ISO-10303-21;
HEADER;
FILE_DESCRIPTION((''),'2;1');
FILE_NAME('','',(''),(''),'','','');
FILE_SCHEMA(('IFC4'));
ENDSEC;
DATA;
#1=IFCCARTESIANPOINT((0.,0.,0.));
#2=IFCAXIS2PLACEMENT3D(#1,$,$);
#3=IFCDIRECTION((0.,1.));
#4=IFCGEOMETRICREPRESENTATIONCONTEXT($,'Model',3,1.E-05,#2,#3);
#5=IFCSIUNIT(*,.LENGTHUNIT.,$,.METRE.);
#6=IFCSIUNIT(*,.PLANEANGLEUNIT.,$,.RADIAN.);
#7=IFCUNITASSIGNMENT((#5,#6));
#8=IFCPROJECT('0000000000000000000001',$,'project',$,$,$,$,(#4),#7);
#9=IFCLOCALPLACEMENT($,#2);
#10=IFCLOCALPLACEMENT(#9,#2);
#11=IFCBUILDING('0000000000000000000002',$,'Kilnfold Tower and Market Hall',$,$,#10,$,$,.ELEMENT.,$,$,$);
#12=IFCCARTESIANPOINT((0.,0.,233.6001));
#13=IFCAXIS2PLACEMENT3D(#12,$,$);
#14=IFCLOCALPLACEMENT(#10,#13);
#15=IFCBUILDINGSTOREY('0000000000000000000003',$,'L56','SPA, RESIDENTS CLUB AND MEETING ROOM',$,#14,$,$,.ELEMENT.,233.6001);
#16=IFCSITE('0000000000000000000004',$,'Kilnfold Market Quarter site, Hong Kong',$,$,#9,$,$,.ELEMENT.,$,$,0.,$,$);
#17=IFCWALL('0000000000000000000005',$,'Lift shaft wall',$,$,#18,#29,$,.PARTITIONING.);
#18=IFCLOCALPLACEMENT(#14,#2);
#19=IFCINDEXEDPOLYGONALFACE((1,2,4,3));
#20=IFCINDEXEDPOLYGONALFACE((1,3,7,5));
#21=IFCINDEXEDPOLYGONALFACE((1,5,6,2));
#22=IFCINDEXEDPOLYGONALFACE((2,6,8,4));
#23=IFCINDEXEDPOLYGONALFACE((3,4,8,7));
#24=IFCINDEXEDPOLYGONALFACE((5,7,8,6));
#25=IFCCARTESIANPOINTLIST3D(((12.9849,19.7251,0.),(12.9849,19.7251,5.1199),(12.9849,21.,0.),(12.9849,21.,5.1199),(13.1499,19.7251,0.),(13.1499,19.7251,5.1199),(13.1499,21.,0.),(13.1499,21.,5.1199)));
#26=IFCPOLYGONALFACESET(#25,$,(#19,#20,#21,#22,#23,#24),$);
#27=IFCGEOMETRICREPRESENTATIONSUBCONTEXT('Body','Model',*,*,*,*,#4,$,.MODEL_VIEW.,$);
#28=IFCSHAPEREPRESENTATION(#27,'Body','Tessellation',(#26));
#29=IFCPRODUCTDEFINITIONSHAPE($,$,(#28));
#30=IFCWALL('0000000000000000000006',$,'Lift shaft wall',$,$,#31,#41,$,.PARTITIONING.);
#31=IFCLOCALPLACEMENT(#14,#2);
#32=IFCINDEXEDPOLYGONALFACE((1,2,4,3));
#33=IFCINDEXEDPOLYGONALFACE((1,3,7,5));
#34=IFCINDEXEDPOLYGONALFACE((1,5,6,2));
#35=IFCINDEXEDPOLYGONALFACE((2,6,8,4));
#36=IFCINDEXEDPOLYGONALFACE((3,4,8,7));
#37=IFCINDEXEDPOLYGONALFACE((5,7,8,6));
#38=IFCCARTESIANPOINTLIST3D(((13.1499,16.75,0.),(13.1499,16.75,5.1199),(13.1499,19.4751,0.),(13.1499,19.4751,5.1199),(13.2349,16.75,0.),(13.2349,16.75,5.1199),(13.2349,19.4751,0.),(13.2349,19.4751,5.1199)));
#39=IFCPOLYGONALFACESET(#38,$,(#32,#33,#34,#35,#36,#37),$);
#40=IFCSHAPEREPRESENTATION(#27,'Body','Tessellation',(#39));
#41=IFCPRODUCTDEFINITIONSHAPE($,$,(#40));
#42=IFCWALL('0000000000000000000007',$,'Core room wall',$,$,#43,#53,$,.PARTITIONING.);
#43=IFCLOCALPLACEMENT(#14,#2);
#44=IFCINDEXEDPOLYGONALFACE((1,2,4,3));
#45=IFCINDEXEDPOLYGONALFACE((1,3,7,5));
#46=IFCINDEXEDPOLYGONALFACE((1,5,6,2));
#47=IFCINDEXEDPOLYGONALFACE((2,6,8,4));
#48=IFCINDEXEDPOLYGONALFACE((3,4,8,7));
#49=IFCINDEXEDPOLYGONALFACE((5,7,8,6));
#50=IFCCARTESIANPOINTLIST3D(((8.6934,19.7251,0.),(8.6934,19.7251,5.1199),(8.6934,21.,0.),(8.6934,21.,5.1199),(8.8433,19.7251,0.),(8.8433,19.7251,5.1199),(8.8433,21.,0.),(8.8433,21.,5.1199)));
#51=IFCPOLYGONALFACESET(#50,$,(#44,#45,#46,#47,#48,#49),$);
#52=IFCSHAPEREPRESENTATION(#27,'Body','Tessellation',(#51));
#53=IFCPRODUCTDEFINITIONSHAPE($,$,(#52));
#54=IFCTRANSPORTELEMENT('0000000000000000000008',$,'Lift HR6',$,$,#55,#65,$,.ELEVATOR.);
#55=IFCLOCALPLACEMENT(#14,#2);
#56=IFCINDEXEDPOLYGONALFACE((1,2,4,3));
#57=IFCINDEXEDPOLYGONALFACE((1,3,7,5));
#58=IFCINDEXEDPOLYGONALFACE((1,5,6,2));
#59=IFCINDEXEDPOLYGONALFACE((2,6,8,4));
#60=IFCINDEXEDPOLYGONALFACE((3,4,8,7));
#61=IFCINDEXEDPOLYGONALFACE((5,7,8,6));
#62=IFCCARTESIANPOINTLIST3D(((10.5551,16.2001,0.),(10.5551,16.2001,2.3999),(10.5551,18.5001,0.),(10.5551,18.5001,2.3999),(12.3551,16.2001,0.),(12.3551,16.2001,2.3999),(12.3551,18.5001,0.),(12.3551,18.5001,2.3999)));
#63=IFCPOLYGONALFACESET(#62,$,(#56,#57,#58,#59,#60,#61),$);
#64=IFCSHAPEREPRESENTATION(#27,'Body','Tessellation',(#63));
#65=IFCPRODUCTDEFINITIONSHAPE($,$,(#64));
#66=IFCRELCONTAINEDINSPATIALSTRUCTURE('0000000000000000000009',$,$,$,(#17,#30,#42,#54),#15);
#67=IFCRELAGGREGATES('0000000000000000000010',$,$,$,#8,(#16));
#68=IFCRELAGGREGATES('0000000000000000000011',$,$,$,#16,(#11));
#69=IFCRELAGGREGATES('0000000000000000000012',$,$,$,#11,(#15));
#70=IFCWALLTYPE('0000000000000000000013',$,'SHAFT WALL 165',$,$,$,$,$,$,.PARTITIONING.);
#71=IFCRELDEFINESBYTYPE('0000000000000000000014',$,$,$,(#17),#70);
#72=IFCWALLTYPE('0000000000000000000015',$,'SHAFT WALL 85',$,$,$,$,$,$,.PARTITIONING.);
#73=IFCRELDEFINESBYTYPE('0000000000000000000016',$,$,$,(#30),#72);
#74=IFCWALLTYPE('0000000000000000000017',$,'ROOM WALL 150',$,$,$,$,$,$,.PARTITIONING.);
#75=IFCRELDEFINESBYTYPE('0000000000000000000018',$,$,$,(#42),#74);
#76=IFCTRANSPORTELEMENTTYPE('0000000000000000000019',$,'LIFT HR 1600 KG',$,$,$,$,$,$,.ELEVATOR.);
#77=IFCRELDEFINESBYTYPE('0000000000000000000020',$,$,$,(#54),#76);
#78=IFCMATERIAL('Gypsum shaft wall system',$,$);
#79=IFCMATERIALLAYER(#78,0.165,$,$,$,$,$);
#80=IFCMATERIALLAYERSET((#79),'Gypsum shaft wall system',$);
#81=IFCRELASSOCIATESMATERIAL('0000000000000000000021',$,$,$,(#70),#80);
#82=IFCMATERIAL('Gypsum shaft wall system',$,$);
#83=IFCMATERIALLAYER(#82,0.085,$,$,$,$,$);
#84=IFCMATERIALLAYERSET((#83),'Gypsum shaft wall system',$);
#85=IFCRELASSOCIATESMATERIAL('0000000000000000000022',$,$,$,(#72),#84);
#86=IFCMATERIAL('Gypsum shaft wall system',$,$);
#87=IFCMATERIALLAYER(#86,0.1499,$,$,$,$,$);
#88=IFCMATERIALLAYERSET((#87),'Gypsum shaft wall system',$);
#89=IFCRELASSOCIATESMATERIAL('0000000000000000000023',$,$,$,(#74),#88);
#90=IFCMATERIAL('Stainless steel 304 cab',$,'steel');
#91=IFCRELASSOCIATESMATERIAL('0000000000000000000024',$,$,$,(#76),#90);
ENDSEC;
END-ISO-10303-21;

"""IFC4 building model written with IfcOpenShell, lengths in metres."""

from ifc_helpers import new_model, si_unit, direction, frame, frame_2d, origin, origin_2d, place, context, subcontext, project, spatial, rectangle, extrude, source, transform, mapped, material, layer, layer_set, type_object, element, save


model = new_model("IFC4")

# Units and contexts
model_context = context("Model", 3, precision=1e-05, world=origin(), true_north=direction((0.0, 1.0)))
body_context = subcontext(model_context, "Body", "Model", "MODEL_VIEW")
ifc_project = project(units=[si_unit("LENGTHUNIT", "METRE"), si_unit("PLANEANGLEUNIT", "RADIAN")], contexts=[model_context])

# Site, building, storey
site_placement = place(None, origin())
site = spatial("IfcSite", under=ifc_project, at=site_placement, Name="Kilnfold Market Quarter site, Hong Kong", CompositionType="ELEMENT", RefElevation=0.0)
building_placement = place(site_placement, origin())
building = spatial("IfcBuilding", under=site, at=building_placement, Name="Kilnfold Tower and Market Hall", CompositionType="ELEMENT")
storey_placement = place(building_placement, frame((0.0, 0.0, 233.6001)))
storey = spatial("IfcBuildingStorey", under=building, at=storey_placement, Name="L56", Description="SPA, RESIDENTS CLUB AND MEETING ROOM", CompositionType="ELEMENT", Elevation=233.6001)

# Walls
ifc_material_1 = material(Name="Gypsum shaft wall system")
ifc_layer_1 = layer(ifc_material_1, 0.165)
ifc_layer_set_1 = layer_set([ifc_layer_1], Name="Gypsum shaft wall system")
wall_type_1 = type_object("IfcWallType", Name="SHAFT WALL 165", PredefinedType="PARTITIONING", material=ifc_layer_set_1)
shared_shape_1 = source(origin(), body_context, "Body", "SweptSolid", [
    extrude(rectangle(XDim=1.2749, YDim=0.165, at=frame_2d((0.6375, 0.0))), origin(), (0.0, 0.0, 1.0), 5.1199),
])
wall_1_placement = place(storey_placement, frame((13.0674, 19.7251, 0.0), z_axis=(0.0, 0.0, 1.0), x_axis=(0.0, 1.0, 0.0)))
element("IfcWall", 1, at=wall_1_placement, inside=storey, type_object=wall_type_1, Name="Lift shaft wall", PredefinedType="PARTITIONING", context=body_context, shape_type="MappedRepresentation", body=[
    mapped(shared_shape_1, transform((0.0, 0.0, 0.0))),
])
ifc_material_2 = material(Name="Gypsum shaft wall system")
ifc_layer_2 = layer(ifc_material_2, 0.085)
ifc_layer_set_2 = layer_set([ifc_layer_2], Name="Gypsum shaft wall system")
wall_type_2 = type_object("IfcWallType", Name="SHAFT WALL 85", PredefinedType="PARTITIONING", material=ifc_layer_set_2)
shared_shape_2 = source(origin(), body_context, "Body", "SweptSolid", [
    extrude(rectangle(XDim=2.7251, YDim=0.085, at=frame_2d((1.3625, 0.0))), origin(), (0.0, 0.0, 1.0), 5.1199),
])
wall_2_placement = place(storey_placement, frame((13.1924, 16.75, 0.0), z_axis=(0.0, 0.0, 1.0), x_axis=(0.0, 1.0, 0.0)))
element("IfcWall", 2, at=wall_2_placement, inside=storey, type_object=wall_type_2, Name="Lift shaft wall", PredefinedType="PARTITIONING", context=body_context, shape_type="MappedRepresentation", body=[
    mapped(shared_shape_2, transform((0.0, 0.0, 0.0))),
])
ifc_material_3 = material(Name="Gypsum shaft wall system")
ifc_layer_3 = layer(ifc_material_3, 0.1499)
ifc_layer_set_3 = layer_set([ifc_layer_3], Name="Gypsum shaft wall system")
wall_type_3 = type_object("IfcWallType", Name="ROOM WALL 150", PredefinedType="PARTITIONING", material=ifc_layer_set_3)
shared_shape_3 = source(origin(), body_context, "Body", "SweptSolid", [
    extrude(rectangle(XDim=1.2749, YDim=0.1499, at=frame_2d((0.6375, 0.0))), origin(), (0.0, 0.0, 1.0), 5.1199),
])
wall_3_placement = place(storey_placement, frame((8.7683, 19.7251, 0.0), z_axis=(0.0, 0.0, 1.0), x_axis=(0.0, 1.0, 0.0)))
element("IfcWall", 3, at=wall_3_placement, inside=storey, type_object=wall_type_3, Name="Core room wall", PredefinedType="PARTITIONING", context=body_context, shape_type="MappedRepresentation", body=[
    mapped(shared_shape_3, transform((0.0, 0.0, 0.0))),
])

# Transport element
ifc_material_4 = material(Name="Stainless steel 304 cab", Category="steel")
transport_element_type = type_object("IfcTransportElementType", Name="LIFT HR 1600 KG", PredefinedType="ELEVATOR", material=ifc_material_4)
shared_shape_4 = source(origin(), body_context, "Body", "SweptSolid", [
    extrude(rectangle(XDim=1.8, YDim=2.3, at=origin_2d()), origin(), (0.0, 0.0, 1.0), 2.3999),
])
transport_element_placement = place(storey_placement, frame((11.4551, 17.3501, 0.0), z_axis=(0.0, 0.0, 1.0), x_axis=(1.0, 0.0, 0.0)))
element("IfcTransportElement", 4, at=transport_element_placement, inside=storey, type_object=transport_element_type, Name="Lift HR6", PredefinedType="ELEVATOR", context=body_context, shape_type="MappedRepresentation", body=[
    mapped(shared_shape_4, transform((0.0, 0.0, 0.0))),
])

save(model, "model.ifc")
